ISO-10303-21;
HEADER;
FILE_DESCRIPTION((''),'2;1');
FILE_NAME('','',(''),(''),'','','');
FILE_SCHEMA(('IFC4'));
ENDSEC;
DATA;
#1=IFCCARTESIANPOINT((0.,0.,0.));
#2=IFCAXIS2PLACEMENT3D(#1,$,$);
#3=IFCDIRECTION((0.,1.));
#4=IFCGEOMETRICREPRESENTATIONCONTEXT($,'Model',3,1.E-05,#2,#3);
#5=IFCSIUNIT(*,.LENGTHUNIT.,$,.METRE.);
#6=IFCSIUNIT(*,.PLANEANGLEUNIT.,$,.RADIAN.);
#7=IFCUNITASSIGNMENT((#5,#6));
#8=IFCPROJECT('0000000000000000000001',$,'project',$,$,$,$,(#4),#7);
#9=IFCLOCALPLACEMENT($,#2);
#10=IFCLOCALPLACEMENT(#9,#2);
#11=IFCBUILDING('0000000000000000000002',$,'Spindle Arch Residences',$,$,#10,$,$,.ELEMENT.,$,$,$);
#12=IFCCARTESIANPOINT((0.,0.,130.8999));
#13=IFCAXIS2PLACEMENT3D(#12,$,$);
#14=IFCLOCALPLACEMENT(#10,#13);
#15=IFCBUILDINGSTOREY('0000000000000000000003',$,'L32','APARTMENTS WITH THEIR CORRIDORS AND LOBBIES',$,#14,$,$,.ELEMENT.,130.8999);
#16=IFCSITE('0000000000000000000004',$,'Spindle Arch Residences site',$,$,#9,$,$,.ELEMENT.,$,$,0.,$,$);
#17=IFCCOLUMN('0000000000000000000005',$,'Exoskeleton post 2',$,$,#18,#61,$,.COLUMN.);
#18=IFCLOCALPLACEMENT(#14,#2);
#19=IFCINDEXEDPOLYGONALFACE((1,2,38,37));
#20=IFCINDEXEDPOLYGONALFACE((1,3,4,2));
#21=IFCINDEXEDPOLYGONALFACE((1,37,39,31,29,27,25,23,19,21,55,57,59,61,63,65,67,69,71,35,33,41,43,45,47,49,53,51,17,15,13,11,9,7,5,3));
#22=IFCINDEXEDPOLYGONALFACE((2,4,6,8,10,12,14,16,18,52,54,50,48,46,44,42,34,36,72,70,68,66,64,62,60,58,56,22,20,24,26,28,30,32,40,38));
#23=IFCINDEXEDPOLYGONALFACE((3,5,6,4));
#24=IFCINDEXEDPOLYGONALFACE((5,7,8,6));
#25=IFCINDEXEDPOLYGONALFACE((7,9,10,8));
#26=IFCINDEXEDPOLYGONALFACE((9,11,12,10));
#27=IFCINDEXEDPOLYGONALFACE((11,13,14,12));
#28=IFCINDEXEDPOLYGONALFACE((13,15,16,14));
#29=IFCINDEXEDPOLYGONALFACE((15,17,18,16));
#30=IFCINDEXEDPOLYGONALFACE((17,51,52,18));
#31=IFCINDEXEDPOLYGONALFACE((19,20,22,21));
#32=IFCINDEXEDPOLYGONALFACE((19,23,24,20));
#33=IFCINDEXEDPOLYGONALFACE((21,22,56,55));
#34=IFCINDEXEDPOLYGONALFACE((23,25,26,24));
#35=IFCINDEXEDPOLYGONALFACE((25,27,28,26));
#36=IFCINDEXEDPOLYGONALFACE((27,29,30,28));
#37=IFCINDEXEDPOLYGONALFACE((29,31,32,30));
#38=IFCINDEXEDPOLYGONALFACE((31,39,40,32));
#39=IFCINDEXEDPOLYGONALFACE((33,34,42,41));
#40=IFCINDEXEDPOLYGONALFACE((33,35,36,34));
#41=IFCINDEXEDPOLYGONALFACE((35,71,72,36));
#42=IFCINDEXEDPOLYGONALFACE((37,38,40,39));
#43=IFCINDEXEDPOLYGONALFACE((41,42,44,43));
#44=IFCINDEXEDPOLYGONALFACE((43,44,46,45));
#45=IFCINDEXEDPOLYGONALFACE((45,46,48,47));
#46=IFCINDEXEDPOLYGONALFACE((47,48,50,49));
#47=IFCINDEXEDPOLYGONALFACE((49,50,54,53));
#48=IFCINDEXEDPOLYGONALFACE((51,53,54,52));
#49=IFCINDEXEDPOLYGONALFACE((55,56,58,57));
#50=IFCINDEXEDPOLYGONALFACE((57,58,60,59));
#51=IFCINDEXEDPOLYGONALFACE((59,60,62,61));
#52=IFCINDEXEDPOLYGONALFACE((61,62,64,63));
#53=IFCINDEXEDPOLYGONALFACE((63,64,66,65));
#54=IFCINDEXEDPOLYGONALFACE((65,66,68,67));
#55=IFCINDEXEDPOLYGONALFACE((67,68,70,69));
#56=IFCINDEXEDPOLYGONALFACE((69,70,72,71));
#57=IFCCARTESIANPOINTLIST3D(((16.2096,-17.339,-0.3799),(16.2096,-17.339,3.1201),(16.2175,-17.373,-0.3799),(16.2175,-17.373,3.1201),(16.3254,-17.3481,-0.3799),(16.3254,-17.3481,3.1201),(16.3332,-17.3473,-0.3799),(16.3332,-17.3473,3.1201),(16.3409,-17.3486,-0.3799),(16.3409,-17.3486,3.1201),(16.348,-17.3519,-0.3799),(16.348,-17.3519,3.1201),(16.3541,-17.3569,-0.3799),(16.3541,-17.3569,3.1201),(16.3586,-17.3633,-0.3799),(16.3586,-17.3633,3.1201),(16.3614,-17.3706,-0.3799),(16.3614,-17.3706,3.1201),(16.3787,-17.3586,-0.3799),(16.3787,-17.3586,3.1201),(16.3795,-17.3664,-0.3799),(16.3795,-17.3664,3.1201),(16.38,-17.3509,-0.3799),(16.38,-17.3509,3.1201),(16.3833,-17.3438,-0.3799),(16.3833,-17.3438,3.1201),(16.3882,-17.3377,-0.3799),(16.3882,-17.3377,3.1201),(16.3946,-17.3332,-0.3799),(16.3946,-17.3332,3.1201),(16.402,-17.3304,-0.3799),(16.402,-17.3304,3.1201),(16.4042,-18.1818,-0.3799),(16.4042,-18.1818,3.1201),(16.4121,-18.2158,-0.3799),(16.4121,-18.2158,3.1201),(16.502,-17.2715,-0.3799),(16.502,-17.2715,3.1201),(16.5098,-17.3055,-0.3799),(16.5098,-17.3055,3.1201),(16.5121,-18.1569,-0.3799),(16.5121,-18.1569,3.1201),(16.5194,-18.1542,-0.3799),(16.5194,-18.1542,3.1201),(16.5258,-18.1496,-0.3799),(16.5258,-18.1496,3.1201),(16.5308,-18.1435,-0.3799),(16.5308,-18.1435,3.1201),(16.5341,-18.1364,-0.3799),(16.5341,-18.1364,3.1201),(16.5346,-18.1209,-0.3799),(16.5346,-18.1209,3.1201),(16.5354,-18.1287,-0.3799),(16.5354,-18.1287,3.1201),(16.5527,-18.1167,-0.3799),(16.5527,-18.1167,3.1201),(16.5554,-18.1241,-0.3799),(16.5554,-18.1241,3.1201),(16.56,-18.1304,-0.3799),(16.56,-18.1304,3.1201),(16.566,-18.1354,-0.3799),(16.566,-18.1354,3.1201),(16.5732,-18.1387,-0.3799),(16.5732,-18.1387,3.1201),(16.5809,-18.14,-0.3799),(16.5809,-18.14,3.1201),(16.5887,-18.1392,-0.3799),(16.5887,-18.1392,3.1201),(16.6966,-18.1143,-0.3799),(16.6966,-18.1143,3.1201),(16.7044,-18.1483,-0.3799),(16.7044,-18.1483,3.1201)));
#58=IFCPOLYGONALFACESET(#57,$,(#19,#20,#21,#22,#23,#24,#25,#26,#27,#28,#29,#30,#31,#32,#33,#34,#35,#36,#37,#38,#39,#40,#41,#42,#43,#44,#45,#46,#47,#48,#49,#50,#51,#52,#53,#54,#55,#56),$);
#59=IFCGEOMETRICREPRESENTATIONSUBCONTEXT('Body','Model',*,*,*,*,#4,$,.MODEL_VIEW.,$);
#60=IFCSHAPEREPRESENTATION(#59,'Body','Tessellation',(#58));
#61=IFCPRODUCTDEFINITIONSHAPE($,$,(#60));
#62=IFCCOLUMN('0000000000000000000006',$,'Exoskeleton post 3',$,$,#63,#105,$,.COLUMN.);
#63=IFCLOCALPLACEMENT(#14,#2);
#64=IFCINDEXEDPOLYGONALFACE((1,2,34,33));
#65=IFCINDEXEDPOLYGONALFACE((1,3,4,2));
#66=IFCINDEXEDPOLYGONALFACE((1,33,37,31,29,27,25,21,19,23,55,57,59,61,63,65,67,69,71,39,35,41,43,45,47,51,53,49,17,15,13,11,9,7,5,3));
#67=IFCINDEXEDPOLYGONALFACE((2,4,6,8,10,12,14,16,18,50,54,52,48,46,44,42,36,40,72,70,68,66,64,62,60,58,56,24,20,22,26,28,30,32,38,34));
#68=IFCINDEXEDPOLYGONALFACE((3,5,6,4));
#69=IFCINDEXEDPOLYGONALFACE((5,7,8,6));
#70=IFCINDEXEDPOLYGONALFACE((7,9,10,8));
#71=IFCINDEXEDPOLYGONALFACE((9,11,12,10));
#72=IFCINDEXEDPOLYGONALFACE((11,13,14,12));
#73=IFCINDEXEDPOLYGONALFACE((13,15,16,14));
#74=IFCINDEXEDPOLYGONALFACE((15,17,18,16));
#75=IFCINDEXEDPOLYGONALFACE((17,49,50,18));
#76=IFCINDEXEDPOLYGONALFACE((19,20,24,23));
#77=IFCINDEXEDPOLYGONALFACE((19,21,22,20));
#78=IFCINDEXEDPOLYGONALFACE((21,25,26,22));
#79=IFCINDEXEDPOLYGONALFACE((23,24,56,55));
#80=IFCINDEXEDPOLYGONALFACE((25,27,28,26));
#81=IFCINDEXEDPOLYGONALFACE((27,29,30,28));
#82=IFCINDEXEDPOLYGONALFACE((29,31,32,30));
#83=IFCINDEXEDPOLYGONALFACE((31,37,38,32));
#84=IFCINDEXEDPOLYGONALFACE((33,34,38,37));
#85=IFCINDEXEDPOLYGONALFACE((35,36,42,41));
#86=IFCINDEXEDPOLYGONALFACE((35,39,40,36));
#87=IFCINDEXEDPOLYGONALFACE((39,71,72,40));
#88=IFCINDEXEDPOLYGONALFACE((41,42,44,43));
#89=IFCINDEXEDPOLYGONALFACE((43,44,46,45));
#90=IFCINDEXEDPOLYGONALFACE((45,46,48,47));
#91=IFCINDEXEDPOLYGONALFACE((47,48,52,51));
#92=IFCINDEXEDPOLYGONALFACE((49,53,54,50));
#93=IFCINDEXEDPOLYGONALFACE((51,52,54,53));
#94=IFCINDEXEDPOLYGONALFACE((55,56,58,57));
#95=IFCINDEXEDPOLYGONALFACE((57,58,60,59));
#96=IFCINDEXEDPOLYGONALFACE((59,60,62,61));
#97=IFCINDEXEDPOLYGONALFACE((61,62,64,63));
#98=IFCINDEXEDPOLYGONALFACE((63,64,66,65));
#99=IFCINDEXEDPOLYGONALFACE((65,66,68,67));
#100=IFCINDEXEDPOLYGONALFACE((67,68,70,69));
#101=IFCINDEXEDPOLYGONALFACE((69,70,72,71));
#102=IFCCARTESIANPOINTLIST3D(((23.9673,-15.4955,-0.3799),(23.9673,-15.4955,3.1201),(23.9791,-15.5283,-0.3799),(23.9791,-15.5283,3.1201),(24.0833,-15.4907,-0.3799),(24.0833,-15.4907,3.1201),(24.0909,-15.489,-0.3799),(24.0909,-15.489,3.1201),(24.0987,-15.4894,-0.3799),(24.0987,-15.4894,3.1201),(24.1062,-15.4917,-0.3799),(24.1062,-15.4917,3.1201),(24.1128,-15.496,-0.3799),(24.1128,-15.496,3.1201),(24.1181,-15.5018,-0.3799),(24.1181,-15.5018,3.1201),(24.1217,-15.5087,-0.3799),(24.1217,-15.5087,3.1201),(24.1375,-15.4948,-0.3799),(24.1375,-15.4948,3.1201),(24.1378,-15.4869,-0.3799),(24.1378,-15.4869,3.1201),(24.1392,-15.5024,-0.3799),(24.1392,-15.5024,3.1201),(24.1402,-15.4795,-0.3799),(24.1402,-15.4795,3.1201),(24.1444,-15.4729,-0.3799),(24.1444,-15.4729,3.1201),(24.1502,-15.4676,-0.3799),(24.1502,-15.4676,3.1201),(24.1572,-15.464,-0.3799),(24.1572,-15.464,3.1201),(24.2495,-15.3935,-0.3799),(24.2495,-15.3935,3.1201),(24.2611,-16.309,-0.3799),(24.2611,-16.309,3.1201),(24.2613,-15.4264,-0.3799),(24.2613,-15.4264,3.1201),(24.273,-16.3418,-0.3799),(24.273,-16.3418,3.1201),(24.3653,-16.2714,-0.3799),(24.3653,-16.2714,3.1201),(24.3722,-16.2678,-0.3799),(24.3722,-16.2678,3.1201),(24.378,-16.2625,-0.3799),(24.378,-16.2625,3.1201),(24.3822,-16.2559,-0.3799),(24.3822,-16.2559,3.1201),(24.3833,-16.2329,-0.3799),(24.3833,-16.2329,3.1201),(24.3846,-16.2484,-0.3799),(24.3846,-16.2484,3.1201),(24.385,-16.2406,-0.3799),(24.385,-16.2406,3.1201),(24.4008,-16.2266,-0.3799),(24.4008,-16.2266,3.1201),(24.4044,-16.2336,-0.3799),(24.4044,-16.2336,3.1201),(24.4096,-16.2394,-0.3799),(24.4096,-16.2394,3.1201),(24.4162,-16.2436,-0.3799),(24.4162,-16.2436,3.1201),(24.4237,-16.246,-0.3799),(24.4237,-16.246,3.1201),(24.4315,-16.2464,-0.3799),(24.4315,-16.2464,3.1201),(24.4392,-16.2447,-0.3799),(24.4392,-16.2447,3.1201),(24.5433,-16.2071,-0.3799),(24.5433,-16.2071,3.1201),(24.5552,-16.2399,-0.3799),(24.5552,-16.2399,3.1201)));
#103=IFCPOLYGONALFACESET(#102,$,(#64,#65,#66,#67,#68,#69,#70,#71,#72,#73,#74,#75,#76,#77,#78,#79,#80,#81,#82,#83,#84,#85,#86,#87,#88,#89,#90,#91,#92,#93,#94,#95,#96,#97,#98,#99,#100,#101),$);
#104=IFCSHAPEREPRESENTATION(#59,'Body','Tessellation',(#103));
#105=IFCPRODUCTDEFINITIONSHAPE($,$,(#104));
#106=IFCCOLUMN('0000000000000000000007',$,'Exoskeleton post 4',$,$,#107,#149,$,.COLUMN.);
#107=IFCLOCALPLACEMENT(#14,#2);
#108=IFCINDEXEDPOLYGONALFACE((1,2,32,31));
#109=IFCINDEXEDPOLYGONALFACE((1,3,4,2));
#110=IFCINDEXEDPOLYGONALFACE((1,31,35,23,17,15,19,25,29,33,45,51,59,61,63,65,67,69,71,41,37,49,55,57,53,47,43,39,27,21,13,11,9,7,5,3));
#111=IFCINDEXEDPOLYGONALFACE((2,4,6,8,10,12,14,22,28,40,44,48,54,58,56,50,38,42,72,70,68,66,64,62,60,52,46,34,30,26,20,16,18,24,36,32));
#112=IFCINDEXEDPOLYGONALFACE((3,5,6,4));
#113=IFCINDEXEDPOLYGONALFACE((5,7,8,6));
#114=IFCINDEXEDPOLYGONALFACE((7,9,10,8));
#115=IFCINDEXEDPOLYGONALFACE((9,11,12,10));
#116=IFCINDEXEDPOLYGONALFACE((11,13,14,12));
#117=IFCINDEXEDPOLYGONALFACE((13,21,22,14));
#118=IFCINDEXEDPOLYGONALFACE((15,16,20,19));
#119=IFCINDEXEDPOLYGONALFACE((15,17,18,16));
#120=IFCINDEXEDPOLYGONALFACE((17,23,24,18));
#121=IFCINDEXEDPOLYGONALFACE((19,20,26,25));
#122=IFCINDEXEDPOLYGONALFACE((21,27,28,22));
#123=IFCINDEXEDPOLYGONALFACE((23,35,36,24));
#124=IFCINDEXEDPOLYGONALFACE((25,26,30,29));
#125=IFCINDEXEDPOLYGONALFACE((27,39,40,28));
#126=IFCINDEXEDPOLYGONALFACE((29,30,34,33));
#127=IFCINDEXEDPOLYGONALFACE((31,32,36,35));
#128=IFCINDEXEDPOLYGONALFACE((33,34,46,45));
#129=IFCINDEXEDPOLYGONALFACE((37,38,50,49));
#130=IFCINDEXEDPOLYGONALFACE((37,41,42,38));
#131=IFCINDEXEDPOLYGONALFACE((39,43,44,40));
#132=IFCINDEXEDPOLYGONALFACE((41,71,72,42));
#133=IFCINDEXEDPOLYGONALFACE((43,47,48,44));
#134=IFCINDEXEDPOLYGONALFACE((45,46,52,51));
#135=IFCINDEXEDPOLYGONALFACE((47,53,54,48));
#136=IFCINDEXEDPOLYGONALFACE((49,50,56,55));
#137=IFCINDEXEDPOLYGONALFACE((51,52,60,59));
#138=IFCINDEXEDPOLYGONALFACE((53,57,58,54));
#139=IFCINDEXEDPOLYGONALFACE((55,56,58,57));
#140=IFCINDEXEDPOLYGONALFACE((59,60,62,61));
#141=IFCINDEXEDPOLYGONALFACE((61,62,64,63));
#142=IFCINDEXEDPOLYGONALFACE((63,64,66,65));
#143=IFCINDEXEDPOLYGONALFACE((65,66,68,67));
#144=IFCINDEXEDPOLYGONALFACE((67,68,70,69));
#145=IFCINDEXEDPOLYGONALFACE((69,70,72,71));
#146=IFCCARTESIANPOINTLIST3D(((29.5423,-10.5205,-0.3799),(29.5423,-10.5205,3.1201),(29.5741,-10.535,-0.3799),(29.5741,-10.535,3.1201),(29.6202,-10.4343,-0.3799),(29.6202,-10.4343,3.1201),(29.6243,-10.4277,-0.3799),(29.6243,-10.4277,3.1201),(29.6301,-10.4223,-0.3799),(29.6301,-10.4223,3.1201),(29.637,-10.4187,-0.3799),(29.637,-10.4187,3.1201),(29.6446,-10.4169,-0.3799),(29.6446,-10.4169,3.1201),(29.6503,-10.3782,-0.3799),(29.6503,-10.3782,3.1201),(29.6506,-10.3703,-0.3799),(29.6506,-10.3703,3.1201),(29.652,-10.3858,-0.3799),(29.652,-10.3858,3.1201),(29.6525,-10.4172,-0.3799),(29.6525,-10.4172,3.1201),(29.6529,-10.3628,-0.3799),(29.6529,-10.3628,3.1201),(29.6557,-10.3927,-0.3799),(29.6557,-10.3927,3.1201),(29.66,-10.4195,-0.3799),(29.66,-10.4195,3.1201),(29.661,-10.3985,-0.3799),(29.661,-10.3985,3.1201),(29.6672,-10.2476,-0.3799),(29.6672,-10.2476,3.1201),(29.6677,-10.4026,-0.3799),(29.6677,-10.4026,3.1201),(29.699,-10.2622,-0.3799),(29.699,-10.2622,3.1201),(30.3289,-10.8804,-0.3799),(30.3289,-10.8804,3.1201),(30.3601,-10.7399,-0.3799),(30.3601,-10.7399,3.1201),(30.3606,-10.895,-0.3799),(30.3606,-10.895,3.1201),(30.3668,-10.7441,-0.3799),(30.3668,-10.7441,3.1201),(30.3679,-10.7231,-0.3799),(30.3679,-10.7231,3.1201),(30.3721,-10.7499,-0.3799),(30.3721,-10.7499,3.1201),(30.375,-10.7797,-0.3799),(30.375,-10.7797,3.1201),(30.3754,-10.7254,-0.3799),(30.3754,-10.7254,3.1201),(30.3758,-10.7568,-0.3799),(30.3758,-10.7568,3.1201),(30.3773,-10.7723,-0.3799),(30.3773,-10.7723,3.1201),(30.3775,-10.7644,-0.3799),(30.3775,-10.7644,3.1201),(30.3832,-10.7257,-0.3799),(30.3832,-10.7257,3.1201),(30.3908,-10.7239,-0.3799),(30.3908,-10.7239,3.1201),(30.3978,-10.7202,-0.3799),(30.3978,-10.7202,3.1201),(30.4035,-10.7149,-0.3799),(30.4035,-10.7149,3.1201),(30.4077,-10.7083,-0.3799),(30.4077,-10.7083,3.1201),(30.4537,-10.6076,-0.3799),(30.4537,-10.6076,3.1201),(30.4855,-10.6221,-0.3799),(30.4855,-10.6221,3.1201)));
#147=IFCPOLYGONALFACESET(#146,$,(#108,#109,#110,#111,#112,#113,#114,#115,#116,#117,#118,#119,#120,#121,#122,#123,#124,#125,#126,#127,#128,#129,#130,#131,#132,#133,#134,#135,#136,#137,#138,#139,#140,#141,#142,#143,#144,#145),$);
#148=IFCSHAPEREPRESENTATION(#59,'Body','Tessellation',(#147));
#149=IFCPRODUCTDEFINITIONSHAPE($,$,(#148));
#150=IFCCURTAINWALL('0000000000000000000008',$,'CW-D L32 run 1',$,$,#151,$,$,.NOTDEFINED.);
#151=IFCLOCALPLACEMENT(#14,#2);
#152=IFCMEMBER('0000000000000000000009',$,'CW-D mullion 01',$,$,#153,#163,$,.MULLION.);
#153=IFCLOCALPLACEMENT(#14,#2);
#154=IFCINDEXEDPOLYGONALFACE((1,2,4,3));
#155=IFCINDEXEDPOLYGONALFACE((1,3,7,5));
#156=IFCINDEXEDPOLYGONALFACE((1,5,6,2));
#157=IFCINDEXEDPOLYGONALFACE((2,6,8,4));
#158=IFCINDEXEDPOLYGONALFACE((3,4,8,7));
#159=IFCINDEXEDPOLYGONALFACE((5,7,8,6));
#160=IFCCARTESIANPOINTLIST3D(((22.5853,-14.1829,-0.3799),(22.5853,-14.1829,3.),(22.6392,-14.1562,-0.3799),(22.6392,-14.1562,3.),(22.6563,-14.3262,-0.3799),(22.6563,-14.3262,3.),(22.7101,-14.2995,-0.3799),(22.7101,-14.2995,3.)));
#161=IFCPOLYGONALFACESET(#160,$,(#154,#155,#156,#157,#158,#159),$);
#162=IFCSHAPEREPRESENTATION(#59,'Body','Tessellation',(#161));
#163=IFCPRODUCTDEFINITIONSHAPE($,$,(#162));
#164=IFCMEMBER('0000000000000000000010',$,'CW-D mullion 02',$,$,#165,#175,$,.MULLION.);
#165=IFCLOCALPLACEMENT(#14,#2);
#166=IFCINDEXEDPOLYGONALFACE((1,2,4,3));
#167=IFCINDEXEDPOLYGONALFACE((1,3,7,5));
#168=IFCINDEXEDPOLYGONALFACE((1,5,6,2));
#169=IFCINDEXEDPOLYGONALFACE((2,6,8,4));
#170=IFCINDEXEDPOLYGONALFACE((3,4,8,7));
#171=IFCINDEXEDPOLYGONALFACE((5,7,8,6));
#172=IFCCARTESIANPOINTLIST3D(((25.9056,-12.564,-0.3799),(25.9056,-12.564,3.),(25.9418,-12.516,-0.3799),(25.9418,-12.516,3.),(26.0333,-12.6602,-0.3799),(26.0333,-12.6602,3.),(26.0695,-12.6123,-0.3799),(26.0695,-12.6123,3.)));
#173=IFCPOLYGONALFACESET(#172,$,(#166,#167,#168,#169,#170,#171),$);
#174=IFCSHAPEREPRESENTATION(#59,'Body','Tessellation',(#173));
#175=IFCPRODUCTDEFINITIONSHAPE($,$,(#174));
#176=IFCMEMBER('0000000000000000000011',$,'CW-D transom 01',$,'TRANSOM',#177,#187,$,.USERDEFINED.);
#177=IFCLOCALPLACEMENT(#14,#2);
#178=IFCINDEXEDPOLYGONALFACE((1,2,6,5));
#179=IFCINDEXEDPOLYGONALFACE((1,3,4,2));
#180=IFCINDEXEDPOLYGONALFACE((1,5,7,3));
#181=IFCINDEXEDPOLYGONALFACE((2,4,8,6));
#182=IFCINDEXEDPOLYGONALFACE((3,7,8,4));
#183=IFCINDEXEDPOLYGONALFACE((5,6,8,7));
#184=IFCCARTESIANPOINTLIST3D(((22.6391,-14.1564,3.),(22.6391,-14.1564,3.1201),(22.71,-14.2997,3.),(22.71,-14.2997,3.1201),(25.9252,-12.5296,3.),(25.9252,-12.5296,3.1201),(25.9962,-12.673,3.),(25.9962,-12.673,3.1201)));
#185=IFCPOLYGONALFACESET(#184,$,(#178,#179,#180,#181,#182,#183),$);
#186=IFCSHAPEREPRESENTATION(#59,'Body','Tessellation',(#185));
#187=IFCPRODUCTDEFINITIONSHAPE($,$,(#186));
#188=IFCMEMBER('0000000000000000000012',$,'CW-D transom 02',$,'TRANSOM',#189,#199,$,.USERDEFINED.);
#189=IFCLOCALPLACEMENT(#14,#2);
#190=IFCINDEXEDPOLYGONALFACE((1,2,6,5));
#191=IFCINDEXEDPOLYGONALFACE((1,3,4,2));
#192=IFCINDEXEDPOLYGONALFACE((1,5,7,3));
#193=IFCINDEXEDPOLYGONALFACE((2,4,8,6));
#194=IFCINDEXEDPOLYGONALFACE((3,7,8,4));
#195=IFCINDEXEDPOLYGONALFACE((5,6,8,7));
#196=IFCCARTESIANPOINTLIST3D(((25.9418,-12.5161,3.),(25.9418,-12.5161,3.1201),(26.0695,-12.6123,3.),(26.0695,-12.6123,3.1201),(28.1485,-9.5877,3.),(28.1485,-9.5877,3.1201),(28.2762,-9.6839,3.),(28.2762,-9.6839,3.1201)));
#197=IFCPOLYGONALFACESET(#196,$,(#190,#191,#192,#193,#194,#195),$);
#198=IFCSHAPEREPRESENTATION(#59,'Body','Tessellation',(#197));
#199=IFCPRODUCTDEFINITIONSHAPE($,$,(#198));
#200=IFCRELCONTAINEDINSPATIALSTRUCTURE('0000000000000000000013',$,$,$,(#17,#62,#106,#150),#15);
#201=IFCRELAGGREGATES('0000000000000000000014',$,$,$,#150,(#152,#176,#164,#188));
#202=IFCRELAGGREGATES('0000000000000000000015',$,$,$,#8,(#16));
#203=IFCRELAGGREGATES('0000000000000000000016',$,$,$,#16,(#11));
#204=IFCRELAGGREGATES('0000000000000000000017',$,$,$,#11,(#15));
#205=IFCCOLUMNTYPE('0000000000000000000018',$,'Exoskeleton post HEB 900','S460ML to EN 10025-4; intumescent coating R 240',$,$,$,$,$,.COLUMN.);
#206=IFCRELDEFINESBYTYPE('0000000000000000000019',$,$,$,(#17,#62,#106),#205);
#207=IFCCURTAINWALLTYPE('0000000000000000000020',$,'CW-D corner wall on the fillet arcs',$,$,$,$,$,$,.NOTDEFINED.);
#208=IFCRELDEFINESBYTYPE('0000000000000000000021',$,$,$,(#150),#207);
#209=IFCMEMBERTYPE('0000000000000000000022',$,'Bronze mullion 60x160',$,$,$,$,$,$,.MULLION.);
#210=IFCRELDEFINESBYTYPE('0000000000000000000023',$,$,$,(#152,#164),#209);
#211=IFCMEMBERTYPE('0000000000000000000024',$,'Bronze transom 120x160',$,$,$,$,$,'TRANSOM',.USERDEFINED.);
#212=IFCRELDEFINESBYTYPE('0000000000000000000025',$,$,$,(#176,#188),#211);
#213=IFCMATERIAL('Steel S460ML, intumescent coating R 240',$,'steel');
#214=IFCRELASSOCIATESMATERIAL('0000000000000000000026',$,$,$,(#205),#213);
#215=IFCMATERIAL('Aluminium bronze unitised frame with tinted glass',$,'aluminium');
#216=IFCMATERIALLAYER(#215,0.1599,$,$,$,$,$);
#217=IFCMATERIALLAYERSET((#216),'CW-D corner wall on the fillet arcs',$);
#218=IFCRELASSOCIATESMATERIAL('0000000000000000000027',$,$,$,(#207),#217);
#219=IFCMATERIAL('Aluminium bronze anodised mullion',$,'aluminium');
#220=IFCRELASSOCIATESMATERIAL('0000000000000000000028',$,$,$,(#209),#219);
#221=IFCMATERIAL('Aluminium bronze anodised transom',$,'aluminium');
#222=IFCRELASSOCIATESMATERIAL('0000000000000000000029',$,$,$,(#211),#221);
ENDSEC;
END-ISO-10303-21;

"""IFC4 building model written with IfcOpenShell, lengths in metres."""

from ifc_helpers import new_model, si_unit, direction, frame, origin, origin_2d, place, context, subcontext, project, spatial, rectangle, i_section, extrude, material, layer, layer_set, material_profile, profile_set, type_object, element, aggregate, save


model = new_model("IFC4")

# Units and contexts
model_context = context("Model", 3, precision=1e-05, world=origin(), true_north=direction((0.0, 1.0)))
body_context = subcontext(model_context, "Body", "Model", "MODEL_VIEW")
ifc_project = project(units=[si_unit("LENGTHUNIT", "METRE"), si_unit("PLANEANGLEUNIT", "RADIAN")], contexts=[model_context])

# Site, building, storey
site_placement = place(None, origin())
site = spatial("IfcSite", under=ifc_project, at=site_placement, Name="Spindle Arch Residences site", CompositionType="ELEMENT", RefElevation=0.0)
building_placement = place(site_placement, origin())
building = spatial("IfcBuilding", under=site, at=building_placement, Name="Spindle Arch Residences", CompositionType="ELEMENT")
storey_placement = place(building_placement, frame((0.0, 0.0, 130.8999)))
storey = spatial("IfcBuildingStorey", under=building, at=storey_placement, Name="L32", Description="APARTMENTS WITH THEIR CORRIDORS AND LOBBIES", CompositionType="ELEMENT", Elevation=130.8999)

# Columns
ifc_material_1 = material(Name="Steel S460ML, intumescent coating R 240", Category="steel")
ifc_material_profile_1 = material_profile(ifc_material_1, i_section(OverallWidth=0.3, OverallDepth=0.8999, WebThickness=0.0186, FlangeThickness=0.0349, FilletRadius=0.03, at=origin_2d()), Name="HEB 900")
ifc_profile_set_1 = profile_set([ifc_material_profile_1], Name="Steel S460ML, intumescent coating R 240")
column_type = type_object("IfcColumnType", Name="Exoskeleton post HEB 900", Description="S460ML to EN 10025-4; intumescent coating R 240", PredefinedType="COLUMN", material=ifc_profile_set_1)
for number, where, z_axis, x_axis, name in (
    (1, (16.457, -17.7437, -0.3799), (0.0, 0.0, 1.0), (-0.97437, -0.224951, 0.0), "Exoskeleton post 2"),
    (2, (24.2612, -15.8677, -0.3799), (0.0, 0.0, 1.0), (-0.940523, -0.339729, 0.0), "Exoskeleton post 3"),
    (3, (30.0139, -10.5713, -0.3799), (0.0, 0.0, 1.0), (-0.416144, -0.909299, 0.0), "Exoskeleton post 4"),
):
    element("IfcColumn", number, at=place(storey_placement, frame(where, z_axis=z_axis, x_axis=x_axis)), inside=storey, type_object=column_type, Name=name, PredefinedType="COLUMN", context=body_context, shape_type="SweptSolid", body=[
        extrude(i_section(OverallWidth=0.3, OverallDepth=0.8999, WebThickness=0.0186, FlangeThickness=0.0349, FilletRadius=0.03, at=origin_2d()), origin(), (0.0, 0.0, 1.0), 3.5),
    ])

# Curtain wall, members
ifc_material_2 = material(Name="Aluminium bronze unitised frame with tinted glass", Category="aluminium")
ifc_layer_1 = layer(ifc_material_2, 0.1599)
ifc_layer_set_1 = layer_set([ifc_layer_1], Name="CW-D corner wall on the fillet arcs")
curtain_wall_type = type_object("IfcCurtainWallType", Name="CW-D corner wall on the fillet arcs", PredefinedType="NOTDEFINED", material=ifc_layer_set_1)
curtain_wall_placement = place(storey_placement, origin())
curtain_wall = element("IfcCurtainWall", 4, at=curtain_wall_placement, inside=storey, type_object=curtain_wall_type, Name="CW-D L32 run 1", PredefinedType="NOTDEFINED")
ifc_material_3 = material(Name="Aluminium bronze anodised mullion", Category="aluminium")
ifc_material_profile_2 = material_profile(ifc_material_3, rectangle(XDim=0.1599, YDim=0.0601, at=origin_2d()), Name="MU 60x160")
ifc_profile_set_2 = profile_set([ifc_material_profile_2], Name="Aluminium bronze anodised mullion")
member_type_1 = type_object("IfcMemberType", Name="Bronze mullion 60x160", PredefinedType="MULLION", material=ifc_profile_set_2)
member_1_placement = place(storey_placement, frame((22.6477, -14.2412, -0.3799), z_axis=(0.0, 0.0, 1.0), x_axis=(-0.443593, 0.896229, 0.0)))
member_1 = element("IfcMember", 5, at=member_1_placement, type_object=member_type_1, Name="CW-D mullion 01", PredefinedType="MULLION", context=body_context, shape_type="SweptSolid", body=[
    extrude(rectangle(XDim=0.1599, YDim=0.0601, at=origin_2d()), origin(), (0.0, 0.0, 1.0), 3.3799),
])
member_2_placement = place(storey_placement, frame((25.9875, -12.5881, -0.3799), z_axis=(0.0, 0.0, 1.0), x_axis=(-0.798636, 0.601815, 0.0)))
member_2 = element("IfcMember", 6, at=member_2_placement, type_object=member_type_1, Name="CW-D mullion 02", PredefinedType="MULLION", context=body_context, shape_type="SweptSolid", body=[
    extrude(rectangle(XDim=0.1599, YDim=0.0601, at=origin_2d()), origin(), (0.0, 0.0, 1.0), 3.3799),
])
ifc_material_4 = material(Name="Aluminium bronze anodised transom", Category="aluminium")
ifc_material_profile_3 = material_profile(ifc_material_4, rectangle(XDim=0.1599, YDim=0.1201, at=origin_2d()), Name="TR 120x160")
ifc_profile_set_3 = profile_set([ifc_material_profile_3], Name="Aluminium bronze anodised transom")
member_type_2 = type_object("IfcMemberType", Name="Bronze transom 120x160", ElementType="TRANSOM", PredefinedType="USERDEFINED", material=ifc_profile_set_3)
member_3_placement = place(storey_placement, frame((22.6746, -14.228, 3.0601), z_axis=(0.896204, 0.443641, 0.0), x_axis=(-0.443641, 0.896204, 0.0)))
member_3 = element("IfcMember", 7, at=member_3_placement, type_object=member_type_2, Name="CW-D transom 01", ObjectType="TRANSOM", PredefinedType="USERDEFINED", context=body_context, shape_type="SweptSolid", body=[
    extrude(rectangle(XDim=0.1599, YDim=0.1201, at=origin_2d()), origin(), (0.0, 0.0, 1.0), 3.6667),
])
member_4_placement = place(storey_placement, frame((26.0056, -12.5642, 3.0601), z_axis=(0.60182, 0.798632, 0.0), x_axis=(-0.798632, 0.60182, 0.0)))
member_4 = element("IfcMember", 8, at=member_4_placement, type_object=member_type_2, Name="CW-D transom 02", ObjectType="TRANSOM", PredefinedType="USERDEFINED", context=body_context, shape_type="SweptSolid", body=[
    extrude(rectangle(XDim=0.1599, YDim=0.1201, at=origin_2d()), origin(), (0.0, 0.0, 1.0), 3.6667),
])

aggregate(curtain_wall, [member_1, member_3, member_2, member_4])

save(model, "model.ifc")
